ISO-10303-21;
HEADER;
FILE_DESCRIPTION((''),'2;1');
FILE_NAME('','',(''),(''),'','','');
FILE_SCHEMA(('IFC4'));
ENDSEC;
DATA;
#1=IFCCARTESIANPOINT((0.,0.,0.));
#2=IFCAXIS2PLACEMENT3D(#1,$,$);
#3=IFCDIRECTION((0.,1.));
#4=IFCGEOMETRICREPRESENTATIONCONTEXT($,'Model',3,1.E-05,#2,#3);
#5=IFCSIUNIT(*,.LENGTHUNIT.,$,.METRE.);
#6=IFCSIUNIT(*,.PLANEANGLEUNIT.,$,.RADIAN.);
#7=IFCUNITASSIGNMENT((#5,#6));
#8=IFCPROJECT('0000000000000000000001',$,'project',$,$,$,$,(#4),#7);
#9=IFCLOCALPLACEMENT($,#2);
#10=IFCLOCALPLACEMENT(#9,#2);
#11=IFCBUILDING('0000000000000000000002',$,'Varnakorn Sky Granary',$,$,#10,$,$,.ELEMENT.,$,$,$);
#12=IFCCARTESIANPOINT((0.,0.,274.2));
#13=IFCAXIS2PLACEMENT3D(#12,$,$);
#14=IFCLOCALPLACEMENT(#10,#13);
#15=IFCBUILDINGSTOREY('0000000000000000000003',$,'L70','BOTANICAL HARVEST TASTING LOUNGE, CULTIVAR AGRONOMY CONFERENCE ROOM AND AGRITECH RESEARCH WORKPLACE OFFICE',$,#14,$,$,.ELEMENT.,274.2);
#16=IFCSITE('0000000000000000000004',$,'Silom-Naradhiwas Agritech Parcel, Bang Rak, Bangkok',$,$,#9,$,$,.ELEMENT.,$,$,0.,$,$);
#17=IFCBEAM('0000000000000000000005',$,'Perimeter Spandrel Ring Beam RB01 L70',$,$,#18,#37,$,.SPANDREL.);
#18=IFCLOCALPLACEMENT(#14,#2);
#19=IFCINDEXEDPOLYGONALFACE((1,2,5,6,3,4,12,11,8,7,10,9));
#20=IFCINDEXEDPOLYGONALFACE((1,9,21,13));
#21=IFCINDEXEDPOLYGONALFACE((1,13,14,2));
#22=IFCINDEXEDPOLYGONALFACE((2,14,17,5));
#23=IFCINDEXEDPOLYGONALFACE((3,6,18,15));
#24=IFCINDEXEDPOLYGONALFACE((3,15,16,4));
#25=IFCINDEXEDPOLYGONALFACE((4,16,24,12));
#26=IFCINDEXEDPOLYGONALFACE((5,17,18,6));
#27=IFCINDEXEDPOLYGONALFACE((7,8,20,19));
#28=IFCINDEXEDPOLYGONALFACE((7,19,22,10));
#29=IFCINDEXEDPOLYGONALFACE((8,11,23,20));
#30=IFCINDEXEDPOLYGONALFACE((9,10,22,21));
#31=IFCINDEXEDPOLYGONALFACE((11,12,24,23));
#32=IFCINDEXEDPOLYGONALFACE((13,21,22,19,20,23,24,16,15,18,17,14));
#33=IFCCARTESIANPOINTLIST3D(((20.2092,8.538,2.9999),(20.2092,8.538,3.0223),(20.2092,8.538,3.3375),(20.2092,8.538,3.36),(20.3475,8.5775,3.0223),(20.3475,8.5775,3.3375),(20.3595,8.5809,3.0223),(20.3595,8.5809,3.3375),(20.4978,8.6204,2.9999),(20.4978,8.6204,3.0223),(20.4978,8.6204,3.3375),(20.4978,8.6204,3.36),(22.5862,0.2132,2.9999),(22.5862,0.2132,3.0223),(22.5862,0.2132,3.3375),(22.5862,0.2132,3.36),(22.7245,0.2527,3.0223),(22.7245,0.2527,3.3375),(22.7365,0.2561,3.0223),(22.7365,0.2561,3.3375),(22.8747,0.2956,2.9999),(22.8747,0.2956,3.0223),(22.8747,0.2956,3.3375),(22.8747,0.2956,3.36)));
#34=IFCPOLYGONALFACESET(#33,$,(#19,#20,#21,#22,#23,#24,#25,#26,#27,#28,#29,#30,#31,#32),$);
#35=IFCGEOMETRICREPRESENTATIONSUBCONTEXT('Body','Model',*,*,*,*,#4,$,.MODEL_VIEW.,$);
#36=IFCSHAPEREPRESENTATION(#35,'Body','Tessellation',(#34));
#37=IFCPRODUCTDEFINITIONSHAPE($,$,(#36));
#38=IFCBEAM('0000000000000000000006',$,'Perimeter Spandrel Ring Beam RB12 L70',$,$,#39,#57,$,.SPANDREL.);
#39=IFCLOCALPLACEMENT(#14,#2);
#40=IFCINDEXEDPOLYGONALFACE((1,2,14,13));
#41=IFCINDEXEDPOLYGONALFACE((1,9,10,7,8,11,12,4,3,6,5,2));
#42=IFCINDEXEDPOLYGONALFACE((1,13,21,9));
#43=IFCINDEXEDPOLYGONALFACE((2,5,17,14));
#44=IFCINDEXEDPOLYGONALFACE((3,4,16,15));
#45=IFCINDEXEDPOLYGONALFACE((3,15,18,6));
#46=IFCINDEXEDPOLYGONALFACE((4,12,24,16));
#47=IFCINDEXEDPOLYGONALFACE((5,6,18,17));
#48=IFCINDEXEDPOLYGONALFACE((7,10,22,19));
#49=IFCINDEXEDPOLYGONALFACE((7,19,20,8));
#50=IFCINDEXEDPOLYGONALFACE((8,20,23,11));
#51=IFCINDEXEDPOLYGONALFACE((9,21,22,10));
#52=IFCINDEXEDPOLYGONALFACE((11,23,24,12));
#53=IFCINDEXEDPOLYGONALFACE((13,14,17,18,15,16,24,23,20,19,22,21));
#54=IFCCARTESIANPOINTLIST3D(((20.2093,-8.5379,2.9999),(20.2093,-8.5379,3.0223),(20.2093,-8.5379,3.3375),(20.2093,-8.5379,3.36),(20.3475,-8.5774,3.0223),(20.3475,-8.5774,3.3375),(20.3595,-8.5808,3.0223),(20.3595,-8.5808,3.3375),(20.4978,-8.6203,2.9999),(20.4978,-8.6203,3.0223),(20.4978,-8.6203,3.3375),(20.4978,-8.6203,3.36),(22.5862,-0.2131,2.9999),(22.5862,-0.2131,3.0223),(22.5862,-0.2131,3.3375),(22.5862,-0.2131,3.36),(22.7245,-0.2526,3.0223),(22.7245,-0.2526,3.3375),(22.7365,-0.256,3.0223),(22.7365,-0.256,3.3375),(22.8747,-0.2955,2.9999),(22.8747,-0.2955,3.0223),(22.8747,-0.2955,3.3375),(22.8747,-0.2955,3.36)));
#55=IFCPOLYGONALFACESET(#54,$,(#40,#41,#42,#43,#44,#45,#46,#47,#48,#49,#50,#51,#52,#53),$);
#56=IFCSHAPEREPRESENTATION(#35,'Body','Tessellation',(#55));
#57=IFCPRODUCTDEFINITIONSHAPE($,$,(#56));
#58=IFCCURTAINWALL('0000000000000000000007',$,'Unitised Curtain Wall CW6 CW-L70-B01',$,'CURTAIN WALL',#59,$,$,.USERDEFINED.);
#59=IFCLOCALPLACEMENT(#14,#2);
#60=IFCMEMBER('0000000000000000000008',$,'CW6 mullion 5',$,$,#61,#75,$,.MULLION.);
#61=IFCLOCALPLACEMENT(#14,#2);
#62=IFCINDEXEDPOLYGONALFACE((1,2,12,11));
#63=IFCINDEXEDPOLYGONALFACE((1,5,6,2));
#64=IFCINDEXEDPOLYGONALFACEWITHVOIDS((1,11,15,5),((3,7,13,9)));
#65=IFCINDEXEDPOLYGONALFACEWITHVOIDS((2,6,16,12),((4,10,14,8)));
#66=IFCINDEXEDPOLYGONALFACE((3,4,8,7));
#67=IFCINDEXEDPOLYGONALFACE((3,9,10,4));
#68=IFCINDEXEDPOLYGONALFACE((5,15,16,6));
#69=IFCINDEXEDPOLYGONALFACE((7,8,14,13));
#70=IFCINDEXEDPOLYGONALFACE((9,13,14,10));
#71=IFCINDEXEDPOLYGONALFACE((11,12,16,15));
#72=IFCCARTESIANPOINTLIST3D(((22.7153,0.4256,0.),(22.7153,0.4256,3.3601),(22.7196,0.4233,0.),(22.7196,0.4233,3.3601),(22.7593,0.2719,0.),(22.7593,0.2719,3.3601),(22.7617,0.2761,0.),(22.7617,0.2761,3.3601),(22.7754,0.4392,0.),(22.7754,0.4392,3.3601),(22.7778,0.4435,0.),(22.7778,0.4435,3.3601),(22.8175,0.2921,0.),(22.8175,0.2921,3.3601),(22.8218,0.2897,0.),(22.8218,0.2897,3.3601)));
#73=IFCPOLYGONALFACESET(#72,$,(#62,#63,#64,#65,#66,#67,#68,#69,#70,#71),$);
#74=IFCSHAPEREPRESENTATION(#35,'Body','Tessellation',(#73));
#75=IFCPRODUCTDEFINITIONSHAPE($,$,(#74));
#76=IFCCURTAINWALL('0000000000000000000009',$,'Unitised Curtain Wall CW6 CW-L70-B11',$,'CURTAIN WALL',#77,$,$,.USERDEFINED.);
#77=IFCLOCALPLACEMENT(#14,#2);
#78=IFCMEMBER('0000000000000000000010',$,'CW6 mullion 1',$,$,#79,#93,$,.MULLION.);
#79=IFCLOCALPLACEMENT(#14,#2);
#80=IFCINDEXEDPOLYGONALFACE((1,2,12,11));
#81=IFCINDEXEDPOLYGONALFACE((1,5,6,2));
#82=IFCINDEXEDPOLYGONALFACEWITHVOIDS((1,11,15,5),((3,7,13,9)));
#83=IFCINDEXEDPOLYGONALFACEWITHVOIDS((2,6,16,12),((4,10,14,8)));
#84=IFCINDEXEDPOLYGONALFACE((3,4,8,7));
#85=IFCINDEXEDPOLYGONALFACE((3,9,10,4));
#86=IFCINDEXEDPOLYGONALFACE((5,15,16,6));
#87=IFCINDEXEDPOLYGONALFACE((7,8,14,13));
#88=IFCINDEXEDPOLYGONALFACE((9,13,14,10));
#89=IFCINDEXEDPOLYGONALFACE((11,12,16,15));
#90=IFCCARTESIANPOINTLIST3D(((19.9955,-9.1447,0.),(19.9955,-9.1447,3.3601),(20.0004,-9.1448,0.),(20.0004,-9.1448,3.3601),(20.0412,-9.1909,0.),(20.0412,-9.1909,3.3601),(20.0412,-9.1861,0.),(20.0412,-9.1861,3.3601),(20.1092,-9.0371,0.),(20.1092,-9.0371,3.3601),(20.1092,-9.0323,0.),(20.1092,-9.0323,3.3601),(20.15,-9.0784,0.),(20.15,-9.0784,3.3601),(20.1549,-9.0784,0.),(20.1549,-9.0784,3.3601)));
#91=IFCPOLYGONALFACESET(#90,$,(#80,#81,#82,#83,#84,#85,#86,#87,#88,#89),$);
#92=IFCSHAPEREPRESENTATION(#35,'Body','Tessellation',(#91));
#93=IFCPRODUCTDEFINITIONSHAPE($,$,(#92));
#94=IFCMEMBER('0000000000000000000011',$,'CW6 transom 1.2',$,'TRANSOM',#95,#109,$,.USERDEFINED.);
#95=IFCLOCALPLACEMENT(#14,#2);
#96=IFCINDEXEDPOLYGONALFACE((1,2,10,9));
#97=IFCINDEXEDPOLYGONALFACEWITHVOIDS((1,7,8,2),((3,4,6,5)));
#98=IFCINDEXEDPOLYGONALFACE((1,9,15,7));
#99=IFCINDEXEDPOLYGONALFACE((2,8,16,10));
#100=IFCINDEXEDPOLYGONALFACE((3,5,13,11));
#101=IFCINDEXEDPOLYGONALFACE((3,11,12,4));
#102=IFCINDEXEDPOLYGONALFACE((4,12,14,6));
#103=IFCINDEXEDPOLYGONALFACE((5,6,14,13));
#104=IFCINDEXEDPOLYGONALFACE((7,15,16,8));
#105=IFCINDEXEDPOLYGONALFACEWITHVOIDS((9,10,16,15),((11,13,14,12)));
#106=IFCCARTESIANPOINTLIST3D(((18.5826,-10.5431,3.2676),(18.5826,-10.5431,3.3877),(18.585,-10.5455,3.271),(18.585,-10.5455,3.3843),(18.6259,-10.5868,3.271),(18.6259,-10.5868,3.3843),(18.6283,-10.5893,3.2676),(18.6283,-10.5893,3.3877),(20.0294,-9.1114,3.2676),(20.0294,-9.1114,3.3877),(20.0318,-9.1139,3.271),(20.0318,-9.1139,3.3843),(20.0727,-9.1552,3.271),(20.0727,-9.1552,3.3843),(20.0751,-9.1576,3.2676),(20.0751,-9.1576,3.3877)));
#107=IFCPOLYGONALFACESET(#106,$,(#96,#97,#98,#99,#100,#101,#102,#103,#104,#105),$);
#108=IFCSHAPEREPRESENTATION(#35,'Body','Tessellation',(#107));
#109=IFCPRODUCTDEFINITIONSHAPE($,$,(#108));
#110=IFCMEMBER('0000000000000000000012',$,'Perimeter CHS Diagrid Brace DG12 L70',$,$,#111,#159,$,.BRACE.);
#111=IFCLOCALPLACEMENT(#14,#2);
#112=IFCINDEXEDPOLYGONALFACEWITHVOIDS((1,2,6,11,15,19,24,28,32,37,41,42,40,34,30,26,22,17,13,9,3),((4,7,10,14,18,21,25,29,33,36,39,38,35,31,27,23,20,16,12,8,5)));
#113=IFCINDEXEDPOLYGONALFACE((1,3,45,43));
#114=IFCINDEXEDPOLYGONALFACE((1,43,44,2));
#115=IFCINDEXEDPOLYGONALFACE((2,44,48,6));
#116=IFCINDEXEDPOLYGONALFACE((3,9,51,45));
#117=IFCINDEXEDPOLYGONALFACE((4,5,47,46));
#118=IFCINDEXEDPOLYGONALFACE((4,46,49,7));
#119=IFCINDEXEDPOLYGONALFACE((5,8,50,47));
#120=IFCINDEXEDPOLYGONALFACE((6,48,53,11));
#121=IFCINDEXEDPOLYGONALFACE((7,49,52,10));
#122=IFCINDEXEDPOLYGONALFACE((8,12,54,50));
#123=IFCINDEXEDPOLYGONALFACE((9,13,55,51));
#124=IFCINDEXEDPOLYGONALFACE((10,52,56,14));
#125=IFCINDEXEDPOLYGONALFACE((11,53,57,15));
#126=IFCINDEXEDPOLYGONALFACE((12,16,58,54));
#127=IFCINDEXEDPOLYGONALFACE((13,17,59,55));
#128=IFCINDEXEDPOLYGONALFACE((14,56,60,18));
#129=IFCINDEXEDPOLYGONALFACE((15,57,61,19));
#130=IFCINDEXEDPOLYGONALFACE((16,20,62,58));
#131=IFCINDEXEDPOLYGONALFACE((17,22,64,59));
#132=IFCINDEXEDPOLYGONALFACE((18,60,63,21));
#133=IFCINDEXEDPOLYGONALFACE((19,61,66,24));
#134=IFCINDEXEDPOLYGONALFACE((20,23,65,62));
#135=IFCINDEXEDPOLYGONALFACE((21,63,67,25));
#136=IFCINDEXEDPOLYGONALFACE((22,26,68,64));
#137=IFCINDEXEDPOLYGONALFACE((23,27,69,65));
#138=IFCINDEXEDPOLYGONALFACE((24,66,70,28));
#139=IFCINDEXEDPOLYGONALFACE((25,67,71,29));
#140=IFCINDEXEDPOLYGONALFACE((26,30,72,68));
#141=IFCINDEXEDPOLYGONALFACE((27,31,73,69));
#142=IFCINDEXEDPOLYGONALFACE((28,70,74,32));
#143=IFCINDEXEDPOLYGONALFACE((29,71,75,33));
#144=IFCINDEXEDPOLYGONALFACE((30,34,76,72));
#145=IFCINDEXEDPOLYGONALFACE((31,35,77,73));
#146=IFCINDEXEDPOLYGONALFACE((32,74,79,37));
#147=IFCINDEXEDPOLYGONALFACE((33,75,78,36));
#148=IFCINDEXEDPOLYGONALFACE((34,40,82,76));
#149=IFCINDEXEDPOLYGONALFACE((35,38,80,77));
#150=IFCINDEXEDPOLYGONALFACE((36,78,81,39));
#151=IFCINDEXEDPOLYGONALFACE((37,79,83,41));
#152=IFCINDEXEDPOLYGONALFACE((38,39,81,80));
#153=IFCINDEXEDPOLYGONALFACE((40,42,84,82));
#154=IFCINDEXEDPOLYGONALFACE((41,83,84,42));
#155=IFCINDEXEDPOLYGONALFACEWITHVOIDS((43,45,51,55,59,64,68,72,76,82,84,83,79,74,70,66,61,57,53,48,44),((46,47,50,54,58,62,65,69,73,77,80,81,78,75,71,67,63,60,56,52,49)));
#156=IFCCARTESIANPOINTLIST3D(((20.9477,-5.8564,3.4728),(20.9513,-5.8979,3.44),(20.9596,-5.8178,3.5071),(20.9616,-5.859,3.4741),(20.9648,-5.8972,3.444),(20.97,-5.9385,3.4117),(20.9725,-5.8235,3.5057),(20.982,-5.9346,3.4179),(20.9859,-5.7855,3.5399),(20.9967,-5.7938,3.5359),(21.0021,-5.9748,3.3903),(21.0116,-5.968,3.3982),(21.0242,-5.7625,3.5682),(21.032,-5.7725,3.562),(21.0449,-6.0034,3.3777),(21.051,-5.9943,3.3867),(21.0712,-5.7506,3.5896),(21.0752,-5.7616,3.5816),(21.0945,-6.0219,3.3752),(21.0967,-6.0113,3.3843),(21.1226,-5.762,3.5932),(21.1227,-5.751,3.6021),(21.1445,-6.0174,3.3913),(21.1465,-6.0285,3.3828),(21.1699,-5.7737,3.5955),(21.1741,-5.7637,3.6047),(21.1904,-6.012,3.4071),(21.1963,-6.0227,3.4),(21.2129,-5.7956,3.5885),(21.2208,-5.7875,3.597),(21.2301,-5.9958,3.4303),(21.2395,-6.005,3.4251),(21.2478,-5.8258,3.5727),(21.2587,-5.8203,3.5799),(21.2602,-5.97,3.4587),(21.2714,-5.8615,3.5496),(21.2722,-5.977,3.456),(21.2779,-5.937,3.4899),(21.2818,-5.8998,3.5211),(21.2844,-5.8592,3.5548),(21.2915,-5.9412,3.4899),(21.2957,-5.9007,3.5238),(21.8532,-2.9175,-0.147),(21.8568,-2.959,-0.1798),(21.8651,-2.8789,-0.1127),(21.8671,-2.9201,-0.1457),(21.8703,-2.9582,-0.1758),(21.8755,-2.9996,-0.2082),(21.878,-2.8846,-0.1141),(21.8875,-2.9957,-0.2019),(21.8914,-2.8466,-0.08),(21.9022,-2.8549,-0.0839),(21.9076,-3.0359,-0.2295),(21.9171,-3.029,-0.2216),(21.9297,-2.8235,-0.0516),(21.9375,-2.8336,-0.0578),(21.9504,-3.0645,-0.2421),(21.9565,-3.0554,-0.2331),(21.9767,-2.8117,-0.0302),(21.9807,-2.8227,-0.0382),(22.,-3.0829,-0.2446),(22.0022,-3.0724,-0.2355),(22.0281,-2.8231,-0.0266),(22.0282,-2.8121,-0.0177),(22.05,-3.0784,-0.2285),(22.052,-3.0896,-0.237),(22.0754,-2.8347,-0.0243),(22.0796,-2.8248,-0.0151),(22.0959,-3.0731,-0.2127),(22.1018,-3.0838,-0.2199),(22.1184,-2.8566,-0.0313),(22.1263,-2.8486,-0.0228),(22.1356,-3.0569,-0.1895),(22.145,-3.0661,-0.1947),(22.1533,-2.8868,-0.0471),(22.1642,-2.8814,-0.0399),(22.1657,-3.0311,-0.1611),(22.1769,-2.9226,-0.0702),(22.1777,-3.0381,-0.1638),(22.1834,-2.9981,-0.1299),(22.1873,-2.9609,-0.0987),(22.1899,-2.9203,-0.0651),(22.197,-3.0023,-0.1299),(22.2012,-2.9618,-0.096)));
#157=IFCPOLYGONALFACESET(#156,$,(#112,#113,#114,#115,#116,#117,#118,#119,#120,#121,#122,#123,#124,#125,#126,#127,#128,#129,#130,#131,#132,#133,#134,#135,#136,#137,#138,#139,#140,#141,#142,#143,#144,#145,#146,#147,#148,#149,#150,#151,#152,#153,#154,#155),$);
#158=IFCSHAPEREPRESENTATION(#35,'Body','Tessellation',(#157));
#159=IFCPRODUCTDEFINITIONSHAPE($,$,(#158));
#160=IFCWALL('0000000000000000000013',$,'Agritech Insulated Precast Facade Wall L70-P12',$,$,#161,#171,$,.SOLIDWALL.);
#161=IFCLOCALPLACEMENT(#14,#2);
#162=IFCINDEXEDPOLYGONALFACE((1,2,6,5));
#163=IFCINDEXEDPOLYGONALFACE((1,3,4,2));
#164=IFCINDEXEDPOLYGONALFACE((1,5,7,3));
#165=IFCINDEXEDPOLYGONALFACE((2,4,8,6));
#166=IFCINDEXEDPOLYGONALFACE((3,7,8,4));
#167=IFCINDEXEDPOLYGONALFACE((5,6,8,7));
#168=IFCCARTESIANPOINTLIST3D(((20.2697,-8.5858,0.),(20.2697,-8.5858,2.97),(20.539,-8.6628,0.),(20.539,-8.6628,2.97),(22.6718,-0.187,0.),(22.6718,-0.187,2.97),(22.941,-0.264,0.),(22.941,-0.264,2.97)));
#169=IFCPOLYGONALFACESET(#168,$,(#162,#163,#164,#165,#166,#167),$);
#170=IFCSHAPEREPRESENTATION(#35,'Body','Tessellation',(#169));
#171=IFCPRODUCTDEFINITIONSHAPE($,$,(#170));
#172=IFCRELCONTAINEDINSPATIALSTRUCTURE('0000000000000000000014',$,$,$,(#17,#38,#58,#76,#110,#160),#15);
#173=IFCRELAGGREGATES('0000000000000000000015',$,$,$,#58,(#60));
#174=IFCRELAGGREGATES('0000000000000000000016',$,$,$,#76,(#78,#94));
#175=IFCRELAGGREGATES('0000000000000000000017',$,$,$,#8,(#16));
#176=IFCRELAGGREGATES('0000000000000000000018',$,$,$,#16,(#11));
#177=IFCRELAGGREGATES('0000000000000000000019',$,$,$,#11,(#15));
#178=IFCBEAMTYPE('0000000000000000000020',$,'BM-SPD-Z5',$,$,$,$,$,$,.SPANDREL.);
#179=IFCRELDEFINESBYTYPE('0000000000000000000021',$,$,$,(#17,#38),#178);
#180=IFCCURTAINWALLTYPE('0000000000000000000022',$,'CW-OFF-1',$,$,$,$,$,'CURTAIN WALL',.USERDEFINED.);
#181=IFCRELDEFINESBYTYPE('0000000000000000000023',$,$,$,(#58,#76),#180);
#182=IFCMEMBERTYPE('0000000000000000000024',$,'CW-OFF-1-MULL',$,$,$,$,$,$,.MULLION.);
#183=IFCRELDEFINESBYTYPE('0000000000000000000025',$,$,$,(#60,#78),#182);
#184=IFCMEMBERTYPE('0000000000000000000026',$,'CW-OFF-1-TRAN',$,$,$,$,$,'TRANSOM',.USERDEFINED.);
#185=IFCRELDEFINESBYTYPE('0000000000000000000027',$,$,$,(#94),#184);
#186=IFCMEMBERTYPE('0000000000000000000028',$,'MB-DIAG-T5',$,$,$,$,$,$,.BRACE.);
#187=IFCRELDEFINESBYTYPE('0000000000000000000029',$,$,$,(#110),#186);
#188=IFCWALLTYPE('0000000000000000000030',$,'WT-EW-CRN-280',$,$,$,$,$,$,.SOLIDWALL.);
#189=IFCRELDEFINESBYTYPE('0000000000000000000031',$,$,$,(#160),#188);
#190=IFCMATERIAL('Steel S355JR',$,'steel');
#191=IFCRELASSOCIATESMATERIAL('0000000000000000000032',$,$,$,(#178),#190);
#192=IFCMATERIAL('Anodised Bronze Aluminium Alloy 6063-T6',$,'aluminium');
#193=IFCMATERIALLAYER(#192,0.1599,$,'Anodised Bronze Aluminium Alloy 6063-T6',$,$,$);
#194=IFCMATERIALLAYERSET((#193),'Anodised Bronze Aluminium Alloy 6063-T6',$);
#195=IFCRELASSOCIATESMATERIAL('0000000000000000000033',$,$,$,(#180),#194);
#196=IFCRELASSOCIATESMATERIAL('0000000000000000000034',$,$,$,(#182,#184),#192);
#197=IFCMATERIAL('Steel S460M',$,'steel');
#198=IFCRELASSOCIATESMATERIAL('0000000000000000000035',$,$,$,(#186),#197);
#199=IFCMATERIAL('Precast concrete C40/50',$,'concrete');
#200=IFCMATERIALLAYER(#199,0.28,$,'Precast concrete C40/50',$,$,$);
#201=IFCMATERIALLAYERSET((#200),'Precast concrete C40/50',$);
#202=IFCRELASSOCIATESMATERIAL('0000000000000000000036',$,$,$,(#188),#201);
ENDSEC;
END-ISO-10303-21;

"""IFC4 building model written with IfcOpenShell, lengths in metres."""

from ifc_helpers import new_model, si_unit, direction, frame, frame_2d, origin, origin_2d, place, context, subcontext, project, spatial, rectangle, hollow_rectangle, hollow_circle, i_section, extrude, material, layer, layer_set, material_profile, profile_set, type_object, element, aggregate, save


model = new_model("IFC4")

# Units and contexts
model_context = context("Model", 3, precision=1e-05, world=origin(), true_north=direction((0.0, 1.0)))
body_context = subcontext(model_context, "Body", "Model", "MODEL_VIEW")
ifc_project = project(units=[si_unit("LENGTHUNIT", "METRE"), si_unit("PLANEANGLEUNIT", "RADIAN")], contexts=[model_context])

# Site, building, storey
site_placement = place(None, origin())
site = spatial("IfcSite", under=ifc_project, at=site_placement, Name="Silom-Naradhiwas Agritech Parcel, Bang Rak, Bangkok", CompositionType="ELEMENT", RefElevation=0.0)
building_placement = place(site_placement, origin())
building = spatial("IfcBuilding", under=site, at=building_placement, Name="Varnakorn Sky Granary", CompositionType="ELEMENT")
storey_placement = place(building_placement, frame((0.0, 0.0, 274.2)))
storey = spatial("IfcBuildingStorey", under=building, at=storey_placement, Name="L70", Description="BOTANICAL HARVEST TASTING LOUNGE, CULTIVAR AGRONOMY CONFERENCE ROOM AND AGRITECH RESEARCH WORKPLACE OFFICE", CompositionType="ELEMENT", Elevation=274.2)

# Shared definitions
ifc_material_1 = material(Name="Steel S460M", Category="steel")

# Beams
ifc_material_2 = material(Name="Steel S355JR", Category="steel")
ifc_material_profile_1 = material_profile(ifc_material_2, i_section(OverallWidth=0.3, OverallDepth=0.3601, WebThickness=0.0125, FlangeThickness=0.0225, at=origin_2d()), Name="HE 360 B")
ifc_profile_set_1 = profile_set([ifc_material_profile_1], Name="Steel S355JR")
beam_type_1 = type_object("IfcBeamType", Name="BM-SPD-Z5", PredefinedType="SPANDREL", material=ifc_profile_set_1)
for number, where, z_axis, x_axis, name in (
    (1, (22.7305, 0.2544, 3.1799), (-0.274557, 0.961571, 0.0), (-0.961571, -0.274557, 0.0), "Perimeter Spandrel Ring Beam RB01 L70"),
    (2, (20.3535, -8.5791, 3.1799), (0.274557, 0.961571, 0.0), (-0.961571, 0.274557, 0.0), "Perimeter Spandrel Ring Beam RB12 L70"),
):
    element("IfcBeam", number, at=place(storey_placement, frame(where, z_axis=z_axis, x_axis=x_axis)), inside=storey, type_object=beam_type_1, Name=name, PredefinedType="SPANDREL", context=body_context, shape_type="SweptSolid", body=[
        extrude(i_section(OverallWidth=0.3, OverallDepth=0.3601, WebThickness=0.0125, FlangeThickness=0.0225, at=origin_2d()), origin(), (0.0, 0.0, 1.0), 8.6575),
    ])

# Curtain wall, member
ifc_material_3 = material(Name="Anodised Bronze Aluminium Alloy 6063-T6", Category="aluminium")
ifc_layer_1 = layer(ifc_material_3, 0.1599, Name="Anodised Bronze Aluminium Alloy 6063-T6")
ifc_layer_set_1 = layer_set([ifc_layer_1], Name="Anodised Bronze Aluminium Alloy 6063-T6")
curtain_wall_type = type_object("IfcCurtainWallType", Name="CW-OFF-1", ElementType="CURTAIN WALL", PredefinedType="USERDEFINED", material=ifc_layer_set_1)
curtain_wall_1_placement = place(storey_placement, origin())
curtain_wall_1 = element("IfcCurtainWall", 3, at=curtain_wall_1_placement, inside=storey, type_object=curtain_wall_type, Name="Unitised Curtain Wall CW6 CW-L70-B01", ObjectType="CURTAIN WALL", PredefinedType="USERDEFINED")
ifc_material_profile_2 = material_profile(ifc_material_3, hollow_rectangle(XDim=0.0649, YDim=0.1599, WallThickness=0.0034, at=origin_2d()), Name="ALU MULL 65x160")
ifc_profile_set_2 = profile_set([ifc_material_profile_2], Name="Anodised Bronze Aluminium Alloy 6063-T6")
member_type_1 = type_object("IfcMemberType", Name="CW-OFF-1-MULL", PredefinedType="MULLION", material=ifc_profile_set_2)
member_1_placement = place(storey_placement, frame((22.7686, 0.3577, 0.0), z_axis=(0.0, 0.0, 1.0), x_axis=(0.961448, 0.274986, 0.0)))
member_1 = element("IfcMember", 4, at=member_1_placement, type_object=member_type_1, Name="CW6 mullion 5", PredefinedType="MULLION", context=body_context, shape_type="SweptSolid", body=[
    extrude(hollow_rectangle(XDim=0.0649, YDim=0.1599, WallThickness=0.0034, at=origin_2d()), origin(), (0.0, 0.0, 1.0), 3.3601),
])
aggregate(curtain_wall_1, [member_1])

# Curtain wall, members
curtain_wall_2_placement = place(storey_placement, origin())
curtain_wall_2 = element("IfcCurtainWall", 5, at=curtain_wall_2_placement, inside=storey, type_object=curtain_wall_type, Name="Unitised Curtain Wall CW6 CW-L70-B11", ObjectType="CURTAIN WALL", PredefinedType="USERDEFINED")
member_2_placement = place(storey_placement, frame((20.0752, -9.1116, 0.0), z_axis=(0.0, 0.0, 1.0), x_axis=(0.703399, -0.710795, 0.0)))
member_2 = element("IfcMember", 6, at=member_2_placement, type_object=member_type_1, Name="CW6 mullion 1", PredefinedType="MULLION", context=body_context, shape_type="SweptSolid", body=[
    extrude(hollow_rectangle(XDim=0.0649, YDim=0.1599, WallThickness=0.0034, at=origin_2d()), origin(), (0.0, 0.0, 1.0), 3.3601),
])
ifc_material_profile_3 = material_profile(ifc_material_3, hollow_rectangle(XDim=0.0649, YDim=0.1201, WallThickness=0.0034, at=origin_2d()), Name="ALU TRAN 65x120")
ifc_profile_set_3 = profile_set([ifc_material_profile_3], Name="Anodised Bronze Aluminium Alloy 6063-T6")
member_type_2 = type_object("IfcMemberType", Name="CW-OFF-1-TRAN", ElementType="TRANSOM", PredefinedType="USERDEFINED", material=ifc_profile_set_3)
member_3_placement = place(storey_placement, frame((20.0522, -9.1345, 3.3276), z_axis=(-0.710815, -0.703379, 0.0), x_axis=(0.703379, -0.710815, 0.0)))
member_3 = element("IfcMember", 7, at=member_3_placement, type_object=member_type_2, Name="CW6 transom 1.2", ObjectType="TRANSOM", PredefinedType="USERDEFINED", context=body_context, shape_type="SweptSolid", body=[
    extrude(hollow_rectangle(XDim=0.0649, YDim=0.1201, WallThickness=0.0034, at=origin_2d()), origin(), (0.0, 0.0, 1.0), 2.0354),
])
aggregate(curtain_wall_2, [member_2, member_3])

# Member
ifc_material_profile_4 = material_profile(ifc_material_1, hollow_circle(Radius=0.1777, WallThickness=0.0142, at=origin_2d()), Name="CHS 355.6x14")
ifc_profile_set_4 = profile_set([ifc_material_profile_4], Name="Steel S460M")
member_type_3 = type_object("IfcMemberType", Name="MB-DIAG-T5", PredefinedType="BRACE", material=ifc_profile_set_4)
member_4_placement = place(storey_placement, frame((22.0271, -2.95, -0.1299), z_axis=(-0.190642, -0.618751, 0.762105), x_axis=(0.955667, -0.294448, 0.0)))
element("IfcMember", 8, at=member_4_placement, inside=storey, type_object=member_type_3, Name="Perimeter CHS Diagrid Brace DG12 L70", PredefinedType="BRACE", context=body_context, shape_type="SweptSolid", body=[
    extrude(hollow_circle(Radius=0.1777, WallThickness=0.0142, at=origin_2d()), origin(), (0.0, 0.0, 1.0), 4.7498),
])

# Wall
ifc_material_4 = material(Name="Precast concrete C40/50", Category="concrete")
ifc_layer_2 = layer(ifc_material_4, 0.28, Name="Precast concrete C40/50")
ifc_layer_set_2 = layer_set([ifc_layer_2], Name="Precast concrete C40/50")
wall_type_1 = type_object("IfcWallType", Name="WT-EW-CRN-280", PredefinedType="SOLIDWALL", material=ifc_layer_set_2)
wall_1_placement = place(storey_placement, frame((22.8064, -0.2256, 0.0), z_axis=(0.0, 0.0, 1.0), x_axis=(-0.274976, -0.961451, 0.0)))
element("IfcWall", 9, at=wall_1_placement, inside=storey, type_object=wall_type_1, Name="Agritech Insulated Precast Facade Wall L70-P12", PredefinedType="SOLIDWALL", context=body_context, shape_type="SweptSolid", body=[
    extrude(rectangle(XDim=8.7356, YDim=0.28, at=frame_2d((4.3677, 0.0))), origin(), (0.0, 0.0, 1.0), 2.97),
])

save(model, "model.ifc")
